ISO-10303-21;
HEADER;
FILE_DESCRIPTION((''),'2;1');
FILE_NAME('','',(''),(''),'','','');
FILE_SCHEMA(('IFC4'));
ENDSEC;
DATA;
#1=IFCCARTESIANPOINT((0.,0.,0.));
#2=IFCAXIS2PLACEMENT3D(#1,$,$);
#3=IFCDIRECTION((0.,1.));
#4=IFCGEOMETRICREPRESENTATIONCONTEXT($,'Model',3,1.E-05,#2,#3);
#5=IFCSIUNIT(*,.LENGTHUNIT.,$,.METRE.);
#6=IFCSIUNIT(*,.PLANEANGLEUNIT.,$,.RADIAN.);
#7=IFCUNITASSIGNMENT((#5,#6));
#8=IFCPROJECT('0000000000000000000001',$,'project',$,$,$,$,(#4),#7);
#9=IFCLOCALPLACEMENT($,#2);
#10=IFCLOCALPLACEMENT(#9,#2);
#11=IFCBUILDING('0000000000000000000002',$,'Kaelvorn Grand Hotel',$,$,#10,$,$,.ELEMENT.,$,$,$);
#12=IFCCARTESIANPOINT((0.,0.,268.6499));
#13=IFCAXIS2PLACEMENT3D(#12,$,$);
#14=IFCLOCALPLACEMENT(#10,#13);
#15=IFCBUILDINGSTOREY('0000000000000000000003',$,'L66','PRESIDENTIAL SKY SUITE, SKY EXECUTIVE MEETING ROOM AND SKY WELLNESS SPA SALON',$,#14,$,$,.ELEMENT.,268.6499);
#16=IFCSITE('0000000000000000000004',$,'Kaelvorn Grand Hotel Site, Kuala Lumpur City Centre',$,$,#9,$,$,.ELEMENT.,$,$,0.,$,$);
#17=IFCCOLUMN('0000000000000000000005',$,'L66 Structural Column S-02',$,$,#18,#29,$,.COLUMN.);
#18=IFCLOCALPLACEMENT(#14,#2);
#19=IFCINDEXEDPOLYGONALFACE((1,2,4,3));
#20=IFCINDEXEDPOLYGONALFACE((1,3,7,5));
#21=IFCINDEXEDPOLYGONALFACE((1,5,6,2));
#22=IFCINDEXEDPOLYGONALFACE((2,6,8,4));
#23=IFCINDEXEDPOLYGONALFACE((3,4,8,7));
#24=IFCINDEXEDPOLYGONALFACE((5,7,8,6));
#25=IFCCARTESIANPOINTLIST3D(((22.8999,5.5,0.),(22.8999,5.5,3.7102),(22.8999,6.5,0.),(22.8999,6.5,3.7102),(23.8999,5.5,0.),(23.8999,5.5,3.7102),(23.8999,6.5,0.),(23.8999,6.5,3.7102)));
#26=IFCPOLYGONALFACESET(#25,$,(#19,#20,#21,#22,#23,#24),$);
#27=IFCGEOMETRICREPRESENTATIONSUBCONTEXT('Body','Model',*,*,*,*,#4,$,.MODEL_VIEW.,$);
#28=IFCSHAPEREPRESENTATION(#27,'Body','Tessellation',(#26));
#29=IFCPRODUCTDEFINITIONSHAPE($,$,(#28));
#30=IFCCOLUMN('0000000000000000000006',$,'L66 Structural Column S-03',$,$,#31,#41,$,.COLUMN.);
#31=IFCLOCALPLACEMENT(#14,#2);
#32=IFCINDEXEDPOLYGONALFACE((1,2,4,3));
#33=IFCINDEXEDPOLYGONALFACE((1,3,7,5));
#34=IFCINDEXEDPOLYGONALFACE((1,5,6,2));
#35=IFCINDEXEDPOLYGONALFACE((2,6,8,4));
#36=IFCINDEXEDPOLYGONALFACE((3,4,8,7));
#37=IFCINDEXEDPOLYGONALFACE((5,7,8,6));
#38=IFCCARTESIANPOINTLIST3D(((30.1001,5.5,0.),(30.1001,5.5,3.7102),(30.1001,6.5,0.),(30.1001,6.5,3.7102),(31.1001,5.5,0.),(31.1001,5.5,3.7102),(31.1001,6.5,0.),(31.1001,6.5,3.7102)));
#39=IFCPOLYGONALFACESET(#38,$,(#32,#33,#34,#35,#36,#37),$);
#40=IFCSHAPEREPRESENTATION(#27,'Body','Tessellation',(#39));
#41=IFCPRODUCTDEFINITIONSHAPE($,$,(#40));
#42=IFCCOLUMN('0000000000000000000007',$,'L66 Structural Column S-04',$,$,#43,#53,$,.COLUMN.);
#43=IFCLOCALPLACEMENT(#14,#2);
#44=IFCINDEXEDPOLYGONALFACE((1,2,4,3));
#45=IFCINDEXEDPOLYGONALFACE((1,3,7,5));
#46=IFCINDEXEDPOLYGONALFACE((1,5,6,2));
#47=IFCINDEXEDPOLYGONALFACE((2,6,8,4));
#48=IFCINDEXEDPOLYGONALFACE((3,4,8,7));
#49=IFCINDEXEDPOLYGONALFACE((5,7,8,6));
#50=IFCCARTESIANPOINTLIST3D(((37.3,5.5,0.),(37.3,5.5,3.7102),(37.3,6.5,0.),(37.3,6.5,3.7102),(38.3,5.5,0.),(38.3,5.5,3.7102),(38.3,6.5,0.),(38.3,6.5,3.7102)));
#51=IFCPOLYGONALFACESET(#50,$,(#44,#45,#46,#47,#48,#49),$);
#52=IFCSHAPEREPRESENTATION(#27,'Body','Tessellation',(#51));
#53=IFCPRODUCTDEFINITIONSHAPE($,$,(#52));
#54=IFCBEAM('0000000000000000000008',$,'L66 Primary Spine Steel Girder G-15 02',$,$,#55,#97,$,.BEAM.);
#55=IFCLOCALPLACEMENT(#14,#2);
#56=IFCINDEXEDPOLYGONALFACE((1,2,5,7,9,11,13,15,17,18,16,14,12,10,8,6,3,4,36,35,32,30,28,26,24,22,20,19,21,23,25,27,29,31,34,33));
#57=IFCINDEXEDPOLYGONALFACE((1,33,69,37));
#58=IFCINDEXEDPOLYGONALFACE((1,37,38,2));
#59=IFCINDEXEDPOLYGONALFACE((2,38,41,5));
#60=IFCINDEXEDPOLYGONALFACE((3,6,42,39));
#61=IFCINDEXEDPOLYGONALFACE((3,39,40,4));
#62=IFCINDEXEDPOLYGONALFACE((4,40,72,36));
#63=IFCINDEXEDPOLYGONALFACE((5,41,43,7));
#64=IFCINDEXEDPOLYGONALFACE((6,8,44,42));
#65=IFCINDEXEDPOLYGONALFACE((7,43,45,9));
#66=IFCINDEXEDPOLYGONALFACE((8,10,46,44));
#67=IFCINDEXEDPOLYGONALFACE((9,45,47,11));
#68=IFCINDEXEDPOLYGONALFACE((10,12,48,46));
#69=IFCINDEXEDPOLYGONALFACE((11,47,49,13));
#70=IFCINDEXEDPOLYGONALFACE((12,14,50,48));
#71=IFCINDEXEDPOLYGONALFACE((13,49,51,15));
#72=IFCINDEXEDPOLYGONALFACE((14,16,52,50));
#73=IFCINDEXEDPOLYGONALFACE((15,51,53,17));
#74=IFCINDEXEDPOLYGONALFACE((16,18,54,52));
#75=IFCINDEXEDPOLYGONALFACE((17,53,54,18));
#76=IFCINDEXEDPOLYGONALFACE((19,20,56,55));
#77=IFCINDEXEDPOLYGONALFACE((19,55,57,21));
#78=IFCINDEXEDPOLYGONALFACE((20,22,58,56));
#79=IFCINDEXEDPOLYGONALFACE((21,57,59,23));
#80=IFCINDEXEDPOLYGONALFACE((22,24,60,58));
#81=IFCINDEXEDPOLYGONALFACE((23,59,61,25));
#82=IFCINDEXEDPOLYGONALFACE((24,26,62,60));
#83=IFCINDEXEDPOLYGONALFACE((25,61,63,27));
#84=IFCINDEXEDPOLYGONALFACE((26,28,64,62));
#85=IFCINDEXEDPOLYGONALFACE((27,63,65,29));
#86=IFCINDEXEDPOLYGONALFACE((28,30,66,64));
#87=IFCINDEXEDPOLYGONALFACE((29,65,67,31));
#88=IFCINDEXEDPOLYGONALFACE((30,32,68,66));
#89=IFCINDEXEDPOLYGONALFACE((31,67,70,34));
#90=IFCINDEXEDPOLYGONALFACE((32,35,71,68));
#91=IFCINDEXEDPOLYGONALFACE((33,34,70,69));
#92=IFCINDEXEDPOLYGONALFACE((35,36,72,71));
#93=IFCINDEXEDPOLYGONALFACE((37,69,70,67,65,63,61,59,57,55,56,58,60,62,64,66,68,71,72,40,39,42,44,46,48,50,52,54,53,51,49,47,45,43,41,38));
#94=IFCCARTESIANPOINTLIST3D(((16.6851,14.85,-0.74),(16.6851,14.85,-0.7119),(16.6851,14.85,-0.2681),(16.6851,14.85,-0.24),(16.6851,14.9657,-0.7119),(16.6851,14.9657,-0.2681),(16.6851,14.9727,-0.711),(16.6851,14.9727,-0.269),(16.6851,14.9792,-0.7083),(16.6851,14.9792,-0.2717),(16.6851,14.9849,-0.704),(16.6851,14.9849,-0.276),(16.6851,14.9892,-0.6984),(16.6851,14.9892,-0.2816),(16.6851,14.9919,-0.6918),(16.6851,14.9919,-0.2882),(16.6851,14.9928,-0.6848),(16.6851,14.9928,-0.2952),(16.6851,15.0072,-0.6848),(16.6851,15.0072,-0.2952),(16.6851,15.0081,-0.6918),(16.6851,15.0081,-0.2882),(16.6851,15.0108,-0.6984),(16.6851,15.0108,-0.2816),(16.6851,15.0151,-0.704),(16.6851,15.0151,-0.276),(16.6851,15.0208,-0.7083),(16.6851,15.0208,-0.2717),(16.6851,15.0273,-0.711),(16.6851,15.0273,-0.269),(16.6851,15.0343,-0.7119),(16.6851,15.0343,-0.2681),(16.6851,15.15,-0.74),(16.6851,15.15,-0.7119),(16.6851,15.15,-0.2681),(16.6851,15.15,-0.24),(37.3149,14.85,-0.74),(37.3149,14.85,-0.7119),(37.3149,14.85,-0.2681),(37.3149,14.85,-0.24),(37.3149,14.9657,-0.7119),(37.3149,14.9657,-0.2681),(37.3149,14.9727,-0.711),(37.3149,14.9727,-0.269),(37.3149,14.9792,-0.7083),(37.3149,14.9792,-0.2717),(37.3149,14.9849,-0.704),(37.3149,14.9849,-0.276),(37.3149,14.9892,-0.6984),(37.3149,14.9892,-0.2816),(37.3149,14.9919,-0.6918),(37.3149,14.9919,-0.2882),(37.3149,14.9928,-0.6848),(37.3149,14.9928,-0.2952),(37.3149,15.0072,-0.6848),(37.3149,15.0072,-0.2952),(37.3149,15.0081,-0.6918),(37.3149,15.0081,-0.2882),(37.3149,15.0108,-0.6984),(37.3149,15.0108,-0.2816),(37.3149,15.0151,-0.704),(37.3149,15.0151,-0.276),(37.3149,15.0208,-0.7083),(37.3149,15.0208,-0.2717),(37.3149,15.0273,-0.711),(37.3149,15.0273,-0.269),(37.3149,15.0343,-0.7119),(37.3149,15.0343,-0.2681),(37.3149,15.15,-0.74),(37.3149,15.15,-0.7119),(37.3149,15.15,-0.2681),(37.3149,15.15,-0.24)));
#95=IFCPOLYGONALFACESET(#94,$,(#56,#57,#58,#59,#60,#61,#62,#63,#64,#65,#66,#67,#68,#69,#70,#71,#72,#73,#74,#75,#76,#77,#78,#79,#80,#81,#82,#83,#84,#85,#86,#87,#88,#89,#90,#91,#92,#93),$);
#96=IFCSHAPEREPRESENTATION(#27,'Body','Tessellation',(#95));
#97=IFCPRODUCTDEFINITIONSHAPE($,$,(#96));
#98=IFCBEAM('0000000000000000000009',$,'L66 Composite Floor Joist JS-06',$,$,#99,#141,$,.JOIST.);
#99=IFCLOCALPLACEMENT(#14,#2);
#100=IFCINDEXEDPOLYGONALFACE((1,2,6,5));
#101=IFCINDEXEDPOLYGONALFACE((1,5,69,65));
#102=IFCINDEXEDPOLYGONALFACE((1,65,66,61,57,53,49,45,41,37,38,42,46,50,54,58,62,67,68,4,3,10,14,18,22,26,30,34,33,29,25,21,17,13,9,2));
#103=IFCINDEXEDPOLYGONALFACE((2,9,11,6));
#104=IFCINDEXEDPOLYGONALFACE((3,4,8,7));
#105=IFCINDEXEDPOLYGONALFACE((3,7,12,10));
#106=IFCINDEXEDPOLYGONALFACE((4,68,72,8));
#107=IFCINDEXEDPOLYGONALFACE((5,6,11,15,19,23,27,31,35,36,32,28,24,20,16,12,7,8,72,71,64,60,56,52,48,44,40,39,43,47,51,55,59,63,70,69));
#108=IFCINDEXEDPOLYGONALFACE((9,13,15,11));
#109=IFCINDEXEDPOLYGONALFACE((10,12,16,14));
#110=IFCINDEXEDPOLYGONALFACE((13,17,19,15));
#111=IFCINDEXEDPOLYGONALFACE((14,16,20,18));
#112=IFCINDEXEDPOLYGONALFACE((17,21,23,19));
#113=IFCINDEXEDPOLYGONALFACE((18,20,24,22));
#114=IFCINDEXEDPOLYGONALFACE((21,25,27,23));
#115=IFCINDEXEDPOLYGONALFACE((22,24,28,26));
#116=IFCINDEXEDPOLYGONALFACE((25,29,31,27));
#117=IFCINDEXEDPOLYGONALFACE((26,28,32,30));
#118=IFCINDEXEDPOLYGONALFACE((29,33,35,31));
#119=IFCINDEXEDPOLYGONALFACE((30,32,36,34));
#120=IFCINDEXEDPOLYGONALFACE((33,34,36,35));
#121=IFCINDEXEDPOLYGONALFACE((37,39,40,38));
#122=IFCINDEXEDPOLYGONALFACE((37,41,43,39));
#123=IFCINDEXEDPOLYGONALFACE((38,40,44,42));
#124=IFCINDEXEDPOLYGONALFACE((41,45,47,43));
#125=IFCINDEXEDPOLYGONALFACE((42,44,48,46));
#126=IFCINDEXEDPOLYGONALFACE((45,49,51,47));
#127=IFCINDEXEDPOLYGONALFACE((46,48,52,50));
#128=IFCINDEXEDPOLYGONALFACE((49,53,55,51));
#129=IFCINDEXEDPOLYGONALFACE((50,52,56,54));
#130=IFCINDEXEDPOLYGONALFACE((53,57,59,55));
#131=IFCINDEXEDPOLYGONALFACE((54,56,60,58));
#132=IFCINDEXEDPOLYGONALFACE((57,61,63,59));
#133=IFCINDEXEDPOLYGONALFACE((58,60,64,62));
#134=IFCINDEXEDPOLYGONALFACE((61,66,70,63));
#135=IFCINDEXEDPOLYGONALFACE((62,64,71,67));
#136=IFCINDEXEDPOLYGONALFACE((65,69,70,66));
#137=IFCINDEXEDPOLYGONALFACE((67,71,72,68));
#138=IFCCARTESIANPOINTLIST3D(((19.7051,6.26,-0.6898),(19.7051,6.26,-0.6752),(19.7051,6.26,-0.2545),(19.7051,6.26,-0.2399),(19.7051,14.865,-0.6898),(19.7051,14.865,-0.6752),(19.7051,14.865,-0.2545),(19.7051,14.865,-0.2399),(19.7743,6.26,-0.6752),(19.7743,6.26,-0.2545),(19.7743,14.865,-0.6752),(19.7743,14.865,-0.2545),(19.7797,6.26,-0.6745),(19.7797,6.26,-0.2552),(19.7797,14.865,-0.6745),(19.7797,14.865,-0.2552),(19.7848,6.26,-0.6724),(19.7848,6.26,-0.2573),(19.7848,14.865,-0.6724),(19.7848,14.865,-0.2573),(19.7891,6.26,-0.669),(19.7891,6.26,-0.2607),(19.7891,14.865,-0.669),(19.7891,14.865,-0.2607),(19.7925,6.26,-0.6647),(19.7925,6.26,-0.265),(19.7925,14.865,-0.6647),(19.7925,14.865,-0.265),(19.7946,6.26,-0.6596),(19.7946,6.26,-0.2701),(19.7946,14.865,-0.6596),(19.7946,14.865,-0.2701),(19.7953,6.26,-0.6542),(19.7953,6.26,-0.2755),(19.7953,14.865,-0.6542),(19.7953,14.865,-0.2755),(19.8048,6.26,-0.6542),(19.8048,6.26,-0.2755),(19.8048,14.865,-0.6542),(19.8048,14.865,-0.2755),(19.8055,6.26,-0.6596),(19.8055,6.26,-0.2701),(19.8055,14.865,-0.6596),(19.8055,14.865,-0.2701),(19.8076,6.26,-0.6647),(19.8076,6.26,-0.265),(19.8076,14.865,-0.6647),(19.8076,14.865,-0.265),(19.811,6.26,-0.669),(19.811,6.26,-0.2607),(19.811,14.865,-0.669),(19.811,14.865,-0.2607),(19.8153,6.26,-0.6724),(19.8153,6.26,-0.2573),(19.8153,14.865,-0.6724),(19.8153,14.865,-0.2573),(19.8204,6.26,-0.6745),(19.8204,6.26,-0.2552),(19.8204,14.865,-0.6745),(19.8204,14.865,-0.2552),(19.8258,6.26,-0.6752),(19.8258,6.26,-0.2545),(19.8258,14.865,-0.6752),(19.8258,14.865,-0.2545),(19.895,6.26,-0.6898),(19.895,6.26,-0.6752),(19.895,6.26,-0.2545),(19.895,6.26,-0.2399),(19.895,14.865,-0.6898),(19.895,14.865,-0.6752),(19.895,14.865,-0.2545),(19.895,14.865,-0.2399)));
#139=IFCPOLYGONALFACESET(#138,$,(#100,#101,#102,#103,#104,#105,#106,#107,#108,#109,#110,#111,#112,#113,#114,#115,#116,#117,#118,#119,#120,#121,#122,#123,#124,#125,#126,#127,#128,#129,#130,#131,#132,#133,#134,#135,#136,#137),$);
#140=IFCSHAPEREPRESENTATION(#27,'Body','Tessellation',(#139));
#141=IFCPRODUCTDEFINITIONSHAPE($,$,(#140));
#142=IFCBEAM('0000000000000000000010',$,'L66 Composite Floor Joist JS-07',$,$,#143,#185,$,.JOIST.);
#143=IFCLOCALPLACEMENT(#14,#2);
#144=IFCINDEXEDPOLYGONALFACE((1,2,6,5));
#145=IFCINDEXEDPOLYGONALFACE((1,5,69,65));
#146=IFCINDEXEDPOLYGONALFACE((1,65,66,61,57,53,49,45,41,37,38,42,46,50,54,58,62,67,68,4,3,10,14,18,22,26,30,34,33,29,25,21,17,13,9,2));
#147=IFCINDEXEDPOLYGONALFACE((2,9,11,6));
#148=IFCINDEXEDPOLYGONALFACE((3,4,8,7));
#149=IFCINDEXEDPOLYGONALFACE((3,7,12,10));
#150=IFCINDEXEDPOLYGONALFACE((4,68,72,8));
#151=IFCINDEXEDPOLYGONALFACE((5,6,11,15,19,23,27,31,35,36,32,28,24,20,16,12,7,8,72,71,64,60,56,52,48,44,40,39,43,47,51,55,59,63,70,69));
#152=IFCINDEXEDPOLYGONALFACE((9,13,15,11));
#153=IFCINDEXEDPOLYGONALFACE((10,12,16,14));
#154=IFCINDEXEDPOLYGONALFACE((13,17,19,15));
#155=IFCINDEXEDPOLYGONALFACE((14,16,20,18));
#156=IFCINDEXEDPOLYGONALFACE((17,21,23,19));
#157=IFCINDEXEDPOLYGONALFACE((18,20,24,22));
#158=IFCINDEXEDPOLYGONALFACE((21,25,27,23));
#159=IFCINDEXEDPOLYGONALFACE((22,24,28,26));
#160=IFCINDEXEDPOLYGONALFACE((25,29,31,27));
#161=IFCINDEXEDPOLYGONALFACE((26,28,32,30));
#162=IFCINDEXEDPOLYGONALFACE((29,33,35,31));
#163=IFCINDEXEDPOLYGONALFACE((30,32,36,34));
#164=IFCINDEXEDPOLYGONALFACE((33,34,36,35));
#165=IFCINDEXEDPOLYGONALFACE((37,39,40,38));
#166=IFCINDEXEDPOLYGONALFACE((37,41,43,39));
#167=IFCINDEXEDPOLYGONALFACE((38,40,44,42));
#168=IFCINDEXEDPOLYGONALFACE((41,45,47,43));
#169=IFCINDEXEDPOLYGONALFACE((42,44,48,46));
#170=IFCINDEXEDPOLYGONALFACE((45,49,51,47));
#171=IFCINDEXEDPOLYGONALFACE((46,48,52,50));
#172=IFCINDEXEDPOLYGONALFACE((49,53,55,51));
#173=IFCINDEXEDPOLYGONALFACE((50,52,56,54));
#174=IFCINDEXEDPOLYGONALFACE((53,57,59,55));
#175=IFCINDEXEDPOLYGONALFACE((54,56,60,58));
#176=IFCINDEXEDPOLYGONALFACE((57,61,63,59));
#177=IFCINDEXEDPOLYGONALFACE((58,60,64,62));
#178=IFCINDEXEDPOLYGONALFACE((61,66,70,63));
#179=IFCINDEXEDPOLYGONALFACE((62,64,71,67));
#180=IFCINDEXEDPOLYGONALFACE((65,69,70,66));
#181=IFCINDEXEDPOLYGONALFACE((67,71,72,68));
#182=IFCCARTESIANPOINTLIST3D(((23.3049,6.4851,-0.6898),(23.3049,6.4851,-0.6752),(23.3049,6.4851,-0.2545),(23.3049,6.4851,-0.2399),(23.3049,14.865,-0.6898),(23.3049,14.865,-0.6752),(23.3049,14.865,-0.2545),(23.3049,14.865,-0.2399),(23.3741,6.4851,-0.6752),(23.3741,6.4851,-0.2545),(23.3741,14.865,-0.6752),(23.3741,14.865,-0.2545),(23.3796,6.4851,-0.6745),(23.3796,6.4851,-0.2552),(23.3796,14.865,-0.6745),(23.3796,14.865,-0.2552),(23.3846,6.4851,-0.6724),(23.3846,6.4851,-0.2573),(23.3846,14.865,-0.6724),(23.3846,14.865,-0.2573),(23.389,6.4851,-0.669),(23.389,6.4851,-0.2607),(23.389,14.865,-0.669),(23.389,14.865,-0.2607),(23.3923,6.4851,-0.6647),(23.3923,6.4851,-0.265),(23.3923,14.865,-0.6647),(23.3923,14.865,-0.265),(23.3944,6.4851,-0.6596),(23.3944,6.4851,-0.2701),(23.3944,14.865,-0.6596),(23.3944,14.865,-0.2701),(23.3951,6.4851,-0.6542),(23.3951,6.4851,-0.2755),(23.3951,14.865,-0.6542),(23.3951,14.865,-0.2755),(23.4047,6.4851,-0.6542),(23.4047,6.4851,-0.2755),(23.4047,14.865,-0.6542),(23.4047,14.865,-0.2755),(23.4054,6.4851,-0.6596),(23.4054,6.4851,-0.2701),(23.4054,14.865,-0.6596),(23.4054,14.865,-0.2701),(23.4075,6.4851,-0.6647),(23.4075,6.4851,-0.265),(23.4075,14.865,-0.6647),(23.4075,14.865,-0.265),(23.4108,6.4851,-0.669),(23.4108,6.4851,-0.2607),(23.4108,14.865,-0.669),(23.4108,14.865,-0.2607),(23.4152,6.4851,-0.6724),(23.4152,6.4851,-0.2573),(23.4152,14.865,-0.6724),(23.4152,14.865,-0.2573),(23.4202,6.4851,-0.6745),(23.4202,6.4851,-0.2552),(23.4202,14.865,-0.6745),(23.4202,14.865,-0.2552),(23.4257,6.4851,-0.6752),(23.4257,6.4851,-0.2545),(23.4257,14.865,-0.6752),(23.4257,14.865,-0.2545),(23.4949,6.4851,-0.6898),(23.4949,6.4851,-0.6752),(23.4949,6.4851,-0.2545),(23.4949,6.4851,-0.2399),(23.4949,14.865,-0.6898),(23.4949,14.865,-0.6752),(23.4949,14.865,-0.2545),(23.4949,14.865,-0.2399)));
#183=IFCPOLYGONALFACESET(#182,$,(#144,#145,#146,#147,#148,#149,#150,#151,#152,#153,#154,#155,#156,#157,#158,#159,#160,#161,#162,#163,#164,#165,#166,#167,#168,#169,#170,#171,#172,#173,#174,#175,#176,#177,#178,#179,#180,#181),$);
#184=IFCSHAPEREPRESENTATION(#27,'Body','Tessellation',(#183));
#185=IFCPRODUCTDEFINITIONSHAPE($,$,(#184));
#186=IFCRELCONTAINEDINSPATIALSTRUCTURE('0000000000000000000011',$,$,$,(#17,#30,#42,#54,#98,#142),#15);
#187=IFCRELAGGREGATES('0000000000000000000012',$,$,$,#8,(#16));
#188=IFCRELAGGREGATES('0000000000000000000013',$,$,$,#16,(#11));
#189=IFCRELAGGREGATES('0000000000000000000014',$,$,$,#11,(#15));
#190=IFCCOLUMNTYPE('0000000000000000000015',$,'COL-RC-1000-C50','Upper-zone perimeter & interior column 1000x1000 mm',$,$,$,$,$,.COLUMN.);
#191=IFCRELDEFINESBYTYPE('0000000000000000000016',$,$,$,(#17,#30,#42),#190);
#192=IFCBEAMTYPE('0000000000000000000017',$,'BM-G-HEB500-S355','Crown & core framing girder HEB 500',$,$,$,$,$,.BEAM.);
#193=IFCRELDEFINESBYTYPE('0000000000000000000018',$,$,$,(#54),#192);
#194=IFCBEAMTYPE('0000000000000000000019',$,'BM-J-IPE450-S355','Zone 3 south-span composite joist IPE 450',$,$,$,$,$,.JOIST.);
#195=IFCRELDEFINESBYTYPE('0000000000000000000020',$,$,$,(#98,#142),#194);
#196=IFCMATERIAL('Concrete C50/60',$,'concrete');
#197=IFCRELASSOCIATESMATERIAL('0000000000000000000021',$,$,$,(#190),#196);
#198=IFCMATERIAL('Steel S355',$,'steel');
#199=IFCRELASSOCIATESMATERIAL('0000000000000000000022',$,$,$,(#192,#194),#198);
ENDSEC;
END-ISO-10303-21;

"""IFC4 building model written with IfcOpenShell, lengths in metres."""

from ifc_helpers import new_model, si_unit, direction, frame, origin, origin_2d, place, context, subcontext, project, spatial, rectangle, i_section, extrude, material, material_profile, profile_set, type_object, element, save


model = new_model("IFC4")

# Units and contexts
model_context = context("Model", 3, precision=1e-05, world=origin(), true_north=direction((0.0, 1.0)))
body_context = subcontext(model_context, "Body", "Model", "MODEL_VIEW")
ifc_project = project(units=[si_unit("LENGTHUNIT", "METRE"), si_unit("PLANEANGLEUNIT", "RADIAN")], contexts=[model_context])

# Site, building, storey
site_placement = place(None, origin())
site = spatial("IfcSite", under=ifc_project, at=site_placement, Name="Kaelvorn Grand Hotel Site, Kuala Lumpur City Centre", CompositionType="ELEMENT", RefElevation=0.0)
building_placement = place(site_placement, origin())
building = spatial("IfcBuilding", under=site, at=building_placement, Name="Kaelvorn Grand Hotel", CompositionType="ELEMENT")
storey_placement = place(building_placement, frame((0.0, 0.0, 268.6499)))
storey = spatial("IfcBuildingStorey", under=building, at=storey_placement, Name="L66", Description="PRESIDENTIAL SKY SUITE, SKY EXECUTIVE MEETING ROOM AND SKY WELLNESS SPA SALON", CompositionType="ELEMENT", Elevation=268.6499)

# Columns
ifc_material_1 = material(Name="Concrete C50/60", Category="concrete")
ifc_material_profile_1 = material_profile(ifc_material_1, rectangle(XDim=1.0, YDim=1.0, at=origin_2d()), Name="RC COL 1000x1000")
ifc_profile_set_1 = profile_set([ifc_material_profile_1], Name="Concrete C50/60")
column_type = type_object("IfcColumnType", Name="COL-RC-1000-C50", Description="Upper-zone perimeter & interior column 1000x1000 mm", PredefinedType="COLUMN", material=ifc_profile_set_1)
for number, where, z_axis, x_axis, name in (
    (1, (23.3999, 6.0, 0.0), (0.0, 0.0, 1.0), (1.0, 0.0, 0.0), "L66 Structural Column S-02"),
    (2, (30.6001, 6.0, 0.0), (0.0, 0.0, 1.0), (1.0, 0.0, 0.0), "L66 Structural Column S-03"),
    (3, (37.8, 6.0, 0.0), (0.0, 0.0, 1.0), (1.0, 0.0, 0.0), "L66 Structural Column S-04"),
):
    element("IfcColumn", number, at=place(storey_placement, frame(where, z_axis=z_axis, x_axis=x_axis)), inside=storey, type_object=column_type, Name=name, PredefinedType="COLUMN", context=body_context, shape_type="SweptSolid", body=[
        extrude(rectangle(XDim=1.0, YDim=1.0, at=origin_2d()), origin(), (0.0, 0.0, 1.0), 3.7102),
    ])

# Beams
ifc_material_2 = material(Name="Steel S355", Category="steel")
ifc_material_profile_2 = material_profile(ifc_material_2, i_section(OverallWidth=0.3, OverallDepth=0.5, WebThickness=0.0144, FlangeThickness=0.0281, FilletRadius=0.0271, at=origin_2d()), Name="HEB 500")
ifc_profile_set_2 = profile_set([ifc_material_profile_2], Name="Steel S355")
beam_type_1 = type_object("IfcBeamType", Name="BM-G-HEB500-S355", Description="Crown & core framing girder HEB 500", PredefinedType="BEAM", material=ifc_profile_set_2)
beam_1_placement = place(storey_placement, frame((16.6851, 15.0, -0.49), z_axis=(1.0, 0.0, 0.0), x_axis=(0.0, 1.0, 0.0)))
element("IfcBeam", 4, at=beam_1_placement, inside=storey, type_object=beam_type_1, Name="L66 Primary Spine Steel Girder G-15 02", PredefinedType="BEAM", context=body_context, shape_type="SweptSolid", body=[
    extrude(i_section(OverallWidth=0.3, OverallDepth=0.5, WebThickness=0.0144, FlangeThickness=0.0281, FilletRadius=0.0271, at=origin_2d()), origin(), (0.0, 0.0, 1.0), 20.6299),
])
ifc_material_profile_3 = material_profile(ifc_material_2, i_section(OverallWidth=0.1899, OverallDepth=0.45, WebThickness=0.0095, FlangeThickness=0.0146, FilletRadius=0.021, at=origin_2d()), Name="IPE 450")
ifc_profile_set_3 = profile_set([ifc_material_profile_3], Name="Steel S355")
beam_type_2 = type_object("IfcBeamType", Name="BM-J-IPE450-S355", Description="Zone 3 south-span composite joist IPE 450", PredefinedType="JOIST", material=ifc_profile_set_3)
beam_2_placement = place(storey_placement, frame((19.8, 6.26, -0.4648), z_axis=(0.0, 1.0, 0.0), x_axis=(-1.0, 0.0, 0.0)))
element("IfcBeam", 5, at=beam_2_placement, inside=storey, type_object=beam_type_2, Name="L66 Composite Floor Joist JS-06", PredefinedType="JOIST", context=body_context, shape_type="SweptSolid", body=[
    extrude(i_section(OverallWidth=0.1899, OverallDepth=0.45, WebThickness=0.0095, FlangeThickness=0.0146, FilletRadius=0.021, at=origin_2d()), origin(), (0.0, 0.0, 1.0), 8.605),
])
beam_3_placement = place(storey_placement, frame((23.3999, 6.4851, -0.4648), z_axis=(0.0, 1.0, 0.0), x_axis=(-1.0, 0.0, 0.0)))
element("IfcBeam", 6, at=beam_3_placement, inside=storey, type_object=beam_type_2, Name="L66 Composite Floor Joist JS-07", PredefinedType="JOIST", context=body_context, shape_type="SweptSolid", body=[
    extrude(i_section(OverallWidth=0.1899, OverallDepth=0.45, WebThickness=0.0095, FlangeThickness=0.0146, FilletRadius=0.021, at=origin_2d()), origin(), (0.0, 0.0, 1.0), 8.3799),
])

save(model, "model.ifc")
